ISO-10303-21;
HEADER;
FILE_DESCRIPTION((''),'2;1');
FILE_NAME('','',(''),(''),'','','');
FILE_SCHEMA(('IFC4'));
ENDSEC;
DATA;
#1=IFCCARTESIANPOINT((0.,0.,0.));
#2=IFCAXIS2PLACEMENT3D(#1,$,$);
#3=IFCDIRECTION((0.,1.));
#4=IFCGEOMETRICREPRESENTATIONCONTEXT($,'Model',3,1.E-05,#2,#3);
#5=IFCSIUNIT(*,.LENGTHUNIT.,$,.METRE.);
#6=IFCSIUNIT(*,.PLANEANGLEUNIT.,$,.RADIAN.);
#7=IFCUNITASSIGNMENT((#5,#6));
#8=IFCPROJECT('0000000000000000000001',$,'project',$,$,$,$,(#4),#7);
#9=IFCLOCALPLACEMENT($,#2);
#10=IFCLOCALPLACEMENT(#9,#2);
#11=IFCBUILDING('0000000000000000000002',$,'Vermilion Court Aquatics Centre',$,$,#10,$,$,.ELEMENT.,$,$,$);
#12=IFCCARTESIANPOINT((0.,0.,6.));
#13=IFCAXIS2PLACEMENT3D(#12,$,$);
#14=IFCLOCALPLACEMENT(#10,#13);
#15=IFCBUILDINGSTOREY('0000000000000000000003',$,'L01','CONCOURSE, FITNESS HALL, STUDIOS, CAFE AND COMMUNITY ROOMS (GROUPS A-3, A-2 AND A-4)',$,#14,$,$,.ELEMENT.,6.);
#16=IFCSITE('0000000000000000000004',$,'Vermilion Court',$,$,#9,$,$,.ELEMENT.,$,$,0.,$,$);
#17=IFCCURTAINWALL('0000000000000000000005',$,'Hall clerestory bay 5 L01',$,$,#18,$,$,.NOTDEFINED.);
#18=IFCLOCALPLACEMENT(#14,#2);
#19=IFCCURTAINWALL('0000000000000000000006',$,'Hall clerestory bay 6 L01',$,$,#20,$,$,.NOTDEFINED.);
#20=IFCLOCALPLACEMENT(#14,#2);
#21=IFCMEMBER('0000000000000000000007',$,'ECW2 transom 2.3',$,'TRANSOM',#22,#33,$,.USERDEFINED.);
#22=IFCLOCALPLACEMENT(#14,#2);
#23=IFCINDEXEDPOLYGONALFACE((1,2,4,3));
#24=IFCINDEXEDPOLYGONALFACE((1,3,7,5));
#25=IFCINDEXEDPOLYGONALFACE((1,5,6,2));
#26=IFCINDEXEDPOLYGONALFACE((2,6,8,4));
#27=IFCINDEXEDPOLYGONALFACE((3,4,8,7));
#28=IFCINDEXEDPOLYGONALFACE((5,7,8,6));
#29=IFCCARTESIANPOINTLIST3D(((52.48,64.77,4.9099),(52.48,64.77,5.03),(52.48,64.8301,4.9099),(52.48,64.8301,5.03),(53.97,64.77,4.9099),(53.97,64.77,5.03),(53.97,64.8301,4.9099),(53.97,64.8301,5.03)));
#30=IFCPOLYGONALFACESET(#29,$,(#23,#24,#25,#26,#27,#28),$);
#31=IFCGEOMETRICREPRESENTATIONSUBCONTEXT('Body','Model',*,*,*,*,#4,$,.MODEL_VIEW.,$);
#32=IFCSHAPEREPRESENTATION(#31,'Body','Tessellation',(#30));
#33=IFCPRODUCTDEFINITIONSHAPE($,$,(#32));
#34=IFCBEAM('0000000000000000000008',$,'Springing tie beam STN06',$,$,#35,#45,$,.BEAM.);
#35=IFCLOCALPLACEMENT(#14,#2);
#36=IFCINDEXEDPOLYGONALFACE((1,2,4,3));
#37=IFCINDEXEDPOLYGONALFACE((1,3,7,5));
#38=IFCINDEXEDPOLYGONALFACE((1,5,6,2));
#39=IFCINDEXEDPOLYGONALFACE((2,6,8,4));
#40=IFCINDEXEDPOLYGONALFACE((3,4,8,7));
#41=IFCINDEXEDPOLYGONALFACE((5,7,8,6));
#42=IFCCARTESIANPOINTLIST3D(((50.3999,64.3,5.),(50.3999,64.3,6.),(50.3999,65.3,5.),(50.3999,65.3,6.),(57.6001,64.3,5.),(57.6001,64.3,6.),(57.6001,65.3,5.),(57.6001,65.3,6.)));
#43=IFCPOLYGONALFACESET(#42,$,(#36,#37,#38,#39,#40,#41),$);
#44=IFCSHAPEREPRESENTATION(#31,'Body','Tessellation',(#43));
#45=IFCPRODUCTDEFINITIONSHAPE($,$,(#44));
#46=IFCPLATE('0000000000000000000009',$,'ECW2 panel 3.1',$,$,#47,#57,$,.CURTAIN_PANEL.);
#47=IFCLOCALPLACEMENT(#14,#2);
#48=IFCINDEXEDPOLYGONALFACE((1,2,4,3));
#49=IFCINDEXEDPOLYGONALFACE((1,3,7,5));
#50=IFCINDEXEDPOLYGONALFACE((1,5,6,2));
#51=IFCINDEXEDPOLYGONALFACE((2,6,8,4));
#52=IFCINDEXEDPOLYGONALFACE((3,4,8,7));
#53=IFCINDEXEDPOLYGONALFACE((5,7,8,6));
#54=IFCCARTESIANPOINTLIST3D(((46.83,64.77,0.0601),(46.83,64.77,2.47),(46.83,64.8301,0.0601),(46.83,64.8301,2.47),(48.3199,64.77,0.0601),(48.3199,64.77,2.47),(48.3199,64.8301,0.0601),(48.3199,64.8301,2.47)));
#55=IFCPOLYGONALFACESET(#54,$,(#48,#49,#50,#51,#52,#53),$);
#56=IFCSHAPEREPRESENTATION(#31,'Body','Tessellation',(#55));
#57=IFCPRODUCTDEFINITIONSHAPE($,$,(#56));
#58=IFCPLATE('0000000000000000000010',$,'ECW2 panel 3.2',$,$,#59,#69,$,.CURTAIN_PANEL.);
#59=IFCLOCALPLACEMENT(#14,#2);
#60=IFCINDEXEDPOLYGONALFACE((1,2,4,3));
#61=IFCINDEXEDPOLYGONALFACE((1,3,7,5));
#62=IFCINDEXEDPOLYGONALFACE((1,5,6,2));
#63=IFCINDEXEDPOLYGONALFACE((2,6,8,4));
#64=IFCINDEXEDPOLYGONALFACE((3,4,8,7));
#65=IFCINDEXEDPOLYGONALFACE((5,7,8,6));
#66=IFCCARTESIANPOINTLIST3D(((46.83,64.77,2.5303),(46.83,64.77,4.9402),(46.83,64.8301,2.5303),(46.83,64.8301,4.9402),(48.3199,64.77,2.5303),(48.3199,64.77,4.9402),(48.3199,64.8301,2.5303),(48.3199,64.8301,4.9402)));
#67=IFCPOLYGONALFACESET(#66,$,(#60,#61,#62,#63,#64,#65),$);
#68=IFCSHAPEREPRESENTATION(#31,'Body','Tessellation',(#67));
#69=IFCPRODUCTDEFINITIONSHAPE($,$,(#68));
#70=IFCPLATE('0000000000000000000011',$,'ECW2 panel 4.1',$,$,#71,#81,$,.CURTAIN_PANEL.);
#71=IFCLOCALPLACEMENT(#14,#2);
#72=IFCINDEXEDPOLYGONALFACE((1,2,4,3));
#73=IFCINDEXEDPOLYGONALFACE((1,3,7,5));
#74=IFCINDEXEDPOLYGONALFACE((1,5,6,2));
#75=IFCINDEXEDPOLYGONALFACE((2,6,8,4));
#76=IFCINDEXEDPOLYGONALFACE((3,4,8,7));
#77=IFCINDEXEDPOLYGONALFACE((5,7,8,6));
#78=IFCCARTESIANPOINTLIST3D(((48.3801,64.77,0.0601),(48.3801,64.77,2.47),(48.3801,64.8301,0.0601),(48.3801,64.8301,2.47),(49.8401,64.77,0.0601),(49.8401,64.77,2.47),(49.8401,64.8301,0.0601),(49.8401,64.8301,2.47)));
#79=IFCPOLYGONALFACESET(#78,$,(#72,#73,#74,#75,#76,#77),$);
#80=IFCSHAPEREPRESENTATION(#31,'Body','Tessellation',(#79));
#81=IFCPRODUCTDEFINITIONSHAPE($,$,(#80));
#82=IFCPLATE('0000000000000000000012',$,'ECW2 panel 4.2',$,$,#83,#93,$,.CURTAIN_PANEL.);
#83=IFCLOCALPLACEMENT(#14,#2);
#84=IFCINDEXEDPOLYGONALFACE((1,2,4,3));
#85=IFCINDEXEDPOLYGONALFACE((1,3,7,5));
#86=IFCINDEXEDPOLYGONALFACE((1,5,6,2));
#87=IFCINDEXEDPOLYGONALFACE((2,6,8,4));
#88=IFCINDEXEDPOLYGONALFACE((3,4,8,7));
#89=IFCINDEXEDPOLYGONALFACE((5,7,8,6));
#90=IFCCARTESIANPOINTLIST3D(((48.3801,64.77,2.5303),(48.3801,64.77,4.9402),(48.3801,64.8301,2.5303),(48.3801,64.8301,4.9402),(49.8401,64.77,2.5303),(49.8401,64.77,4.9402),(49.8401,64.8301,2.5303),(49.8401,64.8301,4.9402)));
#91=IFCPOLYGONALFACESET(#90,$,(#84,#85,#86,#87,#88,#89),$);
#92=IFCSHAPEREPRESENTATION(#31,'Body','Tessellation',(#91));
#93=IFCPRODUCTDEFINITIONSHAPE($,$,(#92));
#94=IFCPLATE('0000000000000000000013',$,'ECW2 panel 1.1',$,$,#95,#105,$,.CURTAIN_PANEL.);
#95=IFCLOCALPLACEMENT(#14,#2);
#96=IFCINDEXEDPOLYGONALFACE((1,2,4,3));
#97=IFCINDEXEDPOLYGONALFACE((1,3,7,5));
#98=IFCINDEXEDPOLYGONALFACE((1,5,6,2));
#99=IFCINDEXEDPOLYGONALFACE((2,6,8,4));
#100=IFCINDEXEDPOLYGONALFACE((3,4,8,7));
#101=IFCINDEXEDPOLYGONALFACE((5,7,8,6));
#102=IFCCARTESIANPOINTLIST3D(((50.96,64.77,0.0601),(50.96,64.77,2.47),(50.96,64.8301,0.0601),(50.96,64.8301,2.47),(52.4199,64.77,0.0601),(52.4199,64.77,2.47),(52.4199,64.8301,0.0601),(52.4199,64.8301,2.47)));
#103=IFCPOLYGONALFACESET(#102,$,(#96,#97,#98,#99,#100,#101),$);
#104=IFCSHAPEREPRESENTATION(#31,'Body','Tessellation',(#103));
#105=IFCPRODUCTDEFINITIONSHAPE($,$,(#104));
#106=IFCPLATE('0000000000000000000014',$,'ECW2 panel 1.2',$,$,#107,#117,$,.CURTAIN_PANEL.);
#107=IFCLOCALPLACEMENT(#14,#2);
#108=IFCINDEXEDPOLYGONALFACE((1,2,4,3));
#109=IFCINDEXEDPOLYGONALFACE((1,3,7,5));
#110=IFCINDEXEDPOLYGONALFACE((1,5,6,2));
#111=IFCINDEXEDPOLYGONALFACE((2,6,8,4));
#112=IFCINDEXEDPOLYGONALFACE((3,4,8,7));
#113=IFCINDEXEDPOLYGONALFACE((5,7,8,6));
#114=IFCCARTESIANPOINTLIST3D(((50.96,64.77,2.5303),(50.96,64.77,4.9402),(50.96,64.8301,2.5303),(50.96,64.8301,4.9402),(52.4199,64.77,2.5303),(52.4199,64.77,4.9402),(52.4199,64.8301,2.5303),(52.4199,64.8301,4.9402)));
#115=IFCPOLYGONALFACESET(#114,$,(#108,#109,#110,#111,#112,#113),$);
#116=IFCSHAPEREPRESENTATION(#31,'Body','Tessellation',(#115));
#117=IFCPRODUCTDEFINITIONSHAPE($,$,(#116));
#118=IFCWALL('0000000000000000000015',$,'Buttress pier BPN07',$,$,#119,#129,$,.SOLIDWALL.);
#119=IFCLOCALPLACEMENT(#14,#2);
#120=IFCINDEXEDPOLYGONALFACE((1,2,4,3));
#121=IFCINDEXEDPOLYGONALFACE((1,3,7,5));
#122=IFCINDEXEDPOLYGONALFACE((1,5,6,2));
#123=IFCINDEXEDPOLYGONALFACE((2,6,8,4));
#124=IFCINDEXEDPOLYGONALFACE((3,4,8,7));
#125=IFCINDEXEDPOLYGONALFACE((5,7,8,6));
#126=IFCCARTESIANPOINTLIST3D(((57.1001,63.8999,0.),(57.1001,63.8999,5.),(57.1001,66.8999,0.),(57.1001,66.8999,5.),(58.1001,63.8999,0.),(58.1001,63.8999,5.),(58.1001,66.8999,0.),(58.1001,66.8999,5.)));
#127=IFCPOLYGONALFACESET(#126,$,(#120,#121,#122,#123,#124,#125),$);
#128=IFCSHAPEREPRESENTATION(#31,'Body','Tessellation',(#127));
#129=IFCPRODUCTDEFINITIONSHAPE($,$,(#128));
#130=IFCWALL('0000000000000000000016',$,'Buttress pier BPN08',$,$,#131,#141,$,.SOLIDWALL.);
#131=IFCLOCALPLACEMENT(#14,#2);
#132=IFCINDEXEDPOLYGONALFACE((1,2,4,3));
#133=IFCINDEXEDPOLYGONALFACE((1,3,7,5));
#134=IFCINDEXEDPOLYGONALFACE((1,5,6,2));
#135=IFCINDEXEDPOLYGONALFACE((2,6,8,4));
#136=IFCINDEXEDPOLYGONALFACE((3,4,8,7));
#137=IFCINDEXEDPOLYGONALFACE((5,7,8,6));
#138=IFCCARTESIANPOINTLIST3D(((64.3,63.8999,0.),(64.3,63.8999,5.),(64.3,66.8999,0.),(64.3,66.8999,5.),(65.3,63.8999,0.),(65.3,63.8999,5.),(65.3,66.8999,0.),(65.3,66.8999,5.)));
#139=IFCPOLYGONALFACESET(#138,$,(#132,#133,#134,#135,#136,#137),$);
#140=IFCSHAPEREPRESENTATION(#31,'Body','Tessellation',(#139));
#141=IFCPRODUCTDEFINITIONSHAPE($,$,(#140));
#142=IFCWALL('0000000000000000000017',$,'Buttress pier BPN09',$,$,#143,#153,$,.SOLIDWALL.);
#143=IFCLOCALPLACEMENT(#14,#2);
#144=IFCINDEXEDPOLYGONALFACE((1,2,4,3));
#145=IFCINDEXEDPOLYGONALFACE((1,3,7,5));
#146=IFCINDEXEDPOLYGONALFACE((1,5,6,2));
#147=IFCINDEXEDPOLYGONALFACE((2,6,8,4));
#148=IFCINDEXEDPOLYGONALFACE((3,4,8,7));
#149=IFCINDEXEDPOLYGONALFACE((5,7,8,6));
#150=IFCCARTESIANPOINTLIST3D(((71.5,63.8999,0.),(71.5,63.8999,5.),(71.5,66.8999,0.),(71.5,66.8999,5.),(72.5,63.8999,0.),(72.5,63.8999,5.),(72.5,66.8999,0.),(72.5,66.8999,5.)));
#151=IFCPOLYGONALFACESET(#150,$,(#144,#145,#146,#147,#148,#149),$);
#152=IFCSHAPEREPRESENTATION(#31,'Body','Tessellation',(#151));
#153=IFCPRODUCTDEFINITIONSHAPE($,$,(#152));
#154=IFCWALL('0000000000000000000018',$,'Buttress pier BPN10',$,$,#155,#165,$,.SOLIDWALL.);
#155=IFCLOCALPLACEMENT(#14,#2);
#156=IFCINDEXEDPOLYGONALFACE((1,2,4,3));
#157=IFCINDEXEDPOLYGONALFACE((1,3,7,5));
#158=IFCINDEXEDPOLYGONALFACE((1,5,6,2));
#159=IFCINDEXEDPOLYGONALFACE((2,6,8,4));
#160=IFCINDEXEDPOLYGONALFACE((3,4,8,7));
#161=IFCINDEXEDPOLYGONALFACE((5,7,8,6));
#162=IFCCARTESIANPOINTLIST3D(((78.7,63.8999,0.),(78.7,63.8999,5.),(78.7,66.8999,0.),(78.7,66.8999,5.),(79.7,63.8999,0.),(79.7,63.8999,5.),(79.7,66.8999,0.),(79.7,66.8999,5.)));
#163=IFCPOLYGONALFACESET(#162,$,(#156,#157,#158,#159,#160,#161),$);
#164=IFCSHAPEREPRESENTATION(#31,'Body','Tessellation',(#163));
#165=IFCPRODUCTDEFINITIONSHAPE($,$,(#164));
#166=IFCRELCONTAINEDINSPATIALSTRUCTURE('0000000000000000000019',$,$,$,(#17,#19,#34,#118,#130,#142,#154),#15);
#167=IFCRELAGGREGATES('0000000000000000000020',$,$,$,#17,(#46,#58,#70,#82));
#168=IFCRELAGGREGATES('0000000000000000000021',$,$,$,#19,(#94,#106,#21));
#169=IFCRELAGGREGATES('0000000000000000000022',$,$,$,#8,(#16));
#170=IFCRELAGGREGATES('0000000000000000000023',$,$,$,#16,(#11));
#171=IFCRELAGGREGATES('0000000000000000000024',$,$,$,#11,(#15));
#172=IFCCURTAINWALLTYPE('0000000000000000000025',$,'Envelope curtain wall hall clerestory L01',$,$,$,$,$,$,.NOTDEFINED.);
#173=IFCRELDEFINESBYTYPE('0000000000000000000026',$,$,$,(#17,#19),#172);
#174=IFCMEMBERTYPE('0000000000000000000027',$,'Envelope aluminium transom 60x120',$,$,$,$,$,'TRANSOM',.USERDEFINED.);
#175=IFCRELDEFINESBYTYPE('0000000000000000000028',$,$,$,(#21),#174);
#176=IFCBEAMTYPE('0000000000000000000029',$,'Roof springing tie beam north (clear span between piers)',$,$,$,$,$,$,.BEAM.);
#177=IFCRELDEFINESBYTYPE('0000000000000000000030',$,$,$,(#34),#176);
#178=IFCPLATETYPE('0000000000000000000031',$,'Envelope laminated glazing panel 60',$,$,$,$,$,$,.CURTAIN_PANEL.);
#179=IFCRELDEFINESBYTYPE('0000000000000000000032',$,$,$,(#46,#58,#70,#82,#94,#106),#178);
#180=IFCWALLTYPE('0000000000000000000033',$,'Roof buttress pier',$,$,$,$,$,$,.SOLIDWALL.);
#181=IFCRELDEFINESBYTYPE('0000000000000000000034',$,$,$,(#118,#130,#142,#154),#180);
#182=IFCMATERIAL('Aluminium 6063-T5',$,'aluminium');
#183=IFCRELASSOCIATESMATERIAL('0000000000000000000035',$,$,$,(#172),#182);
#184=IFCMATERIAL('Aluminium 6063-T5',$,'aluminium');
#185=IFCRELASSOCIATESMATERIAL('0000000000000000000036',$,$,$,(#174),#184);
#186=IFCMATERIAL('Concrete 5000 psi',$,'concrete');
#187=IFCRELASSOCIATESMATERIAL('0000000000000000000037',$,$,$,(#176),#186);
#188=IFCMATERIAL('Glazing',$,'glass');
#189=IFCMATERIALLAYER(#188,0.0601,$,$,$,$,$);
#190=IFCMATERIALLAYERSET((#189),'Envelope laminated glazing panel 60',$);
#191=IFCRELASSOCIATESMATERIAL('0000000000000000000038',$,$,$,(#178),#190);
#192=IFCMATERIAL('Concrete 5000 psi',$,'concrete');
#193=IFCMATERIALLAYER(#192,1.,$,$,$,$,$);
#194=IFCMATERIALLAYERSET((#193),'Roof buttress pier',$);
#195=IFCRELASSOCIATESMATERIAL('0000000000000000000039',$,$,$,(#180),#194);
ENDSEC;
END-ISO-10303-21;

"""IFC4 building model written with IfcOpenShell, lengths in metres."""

from ifc_helpers import new_model, si_unit, direction, frame, frame_2d, origin, origin_2d, place, context, subcontext, project, spatial, rectangle, extrude, material, layer, layer_set, material_profile, profile_set, type_object, element, aggregate, save


model = new_model("IFC4")

# Units and contexts
model_context = context("Model", 3, precision=1e-05, world=origin(), true_north=direction((0.0, 1.0)))
body_context = subcontext(model_context, "Body", "Model", "MODEL_VIEW")
ifc_project = project(units=[si_unit("LENGTHUNIT", "METRE"), si_unit("PLANEANGLEUNIT", "RADIAN")], contexts=[model_context])

# Site, building, storey
site_placement = place(None, origin())
site = spatial("IfcSite", under=ifc_project, at=site_placement, Name="Vermilion Court", CompositionType="ELEMENT", RefElevation=0.0)
building_placement = place(site_placement, origin())
building = spatial("IfcBuilding", under=site, at=building_placement, Name="Vermilion Court Aquatics Centre", CompositionType="ELEMENT")
storey_placement = place(building_placement, frame((0.0, 0.0, 6.0)))
storey = spatial("IfcBuildingStorey", under=building, at=storey_placement, Name="L01", Description="CONCOURSE, FITNESS HALL, STUDIOS, CAFE AND COMMUNITY ROOMS (GROUPS A-3, A-2 AND A-4)", CompositionType="ELEMENT", Elevation=6.0)

# Curtain walls
ifc_material_1 = material(Name="Aluminium 6063-T5", Category="aluminium")
curtain_wall_type = type_object("IfcCurtainWallType", Name="Envelope curtain wall hall clerestory L01", PredefinedType="NOTDEFINED", material=ifc_material_1)
curtain_wall_1_placement = place(storey_placement, origin())
curtain_wall_1 = element("IfcCurtainWall", 1, at=curtain_wall_1_placement, inside=storey, type_object=curtain_wall_type, Name="Hall clerestory bay 5 L01", PredefinedType="NOTDEFINED")
curtain_wall_2_placement = place(storey_placement, origin())
curtain_wall_2 = element("IfcCurtainWall", 2, at=curtain_wall_2_placement, inside=storey, type_object=curtain_wall_type, Name="Hall clerestory bay 6 L01", PredefinedType="NOTDEFINED")

# Member
ifc_material_2 = material(Name="Aluminium 6063-T5", Category="aluminium")
ifc_material_profile_1 = material_profile(ifc_material_2, rectangle(XDim=0.0601, YDim=0.1201, at=origin_2d()), Name="AL 60x120")
ifc_profile_set_1 = profile_set([ifc_material_profile_1], Name="Aluminium 6063-T5")
member_type_1 = type_object("IfcMemberType", Name="Envelope aluminium transom 60x120", ElementType="TRANSOM", PredefinedType="USERDEFINED", material=ifc_profile_set_1)
member_1_placement = place(storey_placement, frame((52.48, 64.8, 4.97), z_axis=(1.0, 0.0, 0.0), x_axis=(0.0, 1.0, 0.0)))
member_1 = element("IfcMember", 3, at=member_1_placement, type_object=member_type_1, Name="ECW2 transom 2.3", ObjectType="TRANSOM", PredefinedType="USERDEFINED", context=body_context, shape_type="SweptSolid", body=[
    extrude(rectangle(XDim=0.0601, YDim=0.1201, at=origin_2d()), origin(), (0.0, 0.0, 1.0), 1.49),
])

# Beam
ifc_material_3 = material(Name="Concrete 5000 psi", Category="concrete")
ifc_material_profile_2 = material_profile(ifc_material_3, rectangle(XDim=1.0, YDim=1.0, at=origin_2d()), Name="RC 1000x1000")
ifc_profile_set_2 = profile_set([ifc_material_profile_2], Name="Concrete 5000 psi")
beam_type = type_object("IfcBeamType", Name="Roof springing tie beam north (clear span between piers)", PredefinedType="BEAM", material=ifc_profile_set_2)
beam_placement = place(storey_placement, frame((50.3999, 64.8, 5.5), z_axis=(1.0, 0.0, 0.0), x_axis=(0.0, 1.0, 0.0)))
element("IfcBeam", 4, at=beam_placement, inside=storey, type_object=beam_type, Name="Springing tie beam STN06", PredefinedType="BEAM", context=body_context, shape_type="SweptSolid", body=[
    extrude(rectangle(XDim=1.0, YDim=1.0, at=origin_2d()), origin(), (0.0, 0.0, 1.0), 7.2002),
])

# Plates
ifc_material_4 = material(Name="Glazing", Category="glass")
ifc_layer_1 = layer(ifc_material_4, 0.0601)
ifc_layer_set_1 = layer_set([ifc_layer_1], Name="Envelope laminated glazing panel 60")
plate_type = type_object("IfcPlateType", Name="Envelope laminated glazing panel 60", PredefinedType="CURTAIN_PANEL", material=ifc_layer_set_1)
plate_1_placement = place(storey_placement, frame((47.575, 64.8, 0.0601), z_axis=(0.0, 0.0, 1.0), x_axis=(1.0, 0.0, 0.0)))
plate_1 = element("IfcPlate", 5, at=plate_1_placement, type_object=plate_type, Name="ECW2 panel 3.1", PredefinedType="CURTAIN_PANEL", context=body_context, shape_type="SweptSolid", body=[
    extrude(rectangle(XDim=1.49, YDim=0.0601, at=origin_2d()), origin(), (0.0, 0.0, 1.0), 2.4099),
])
plate_2_placement = place(storey_placement, frame((47.575, 64.8, 2.5303), z_axis=(0.0, 0.0, 1.0), x_axis=(1.0, 0.0, 0.0)))
plate_2 = element("IfcPlate", 6, at=plate_2_placement, type_object=plate_type, Name="ECW2 panel 3.2", PredefinedType="CURTAIN_PANEL", context=body_context, shape_type="SweptSolid", body=[
    extrude(rectangle(XDim=1.49, YDim=0.0601, at=origin_2d()), origin(), (0.0, 0.0, 1.0), 2.4099),
])
plate_3_placement = place(storey_placement, frame((49.1101, 64.8, 0.0601), z_axis=(0.0, 0.0, 1.0), x_axis=(1.0, 0.0, 0.0)))
plate_3 = element("IfcPlate", 7, at=plate_3_placement, type_object=plate_type, Name="ECW2 panel 4.1", PredefinedType="CURTAIN_PANEL", context=body_context, shape_type="SweptSolid", body=[
    extrude(rectangle(XDim=1.46, YDim=0.0601, at=origin_2d()), origin(), (0.0, 0.0, 1.0), 2.4099),
])
plate_4_placement = place(storey_placement, frame((49.1101, 64.8, 2.5303), z_axis=(0.0, 0.0, 1.0), x_axis=(1.0, 0.0, 0.0)))
plate_4 = element("IfcPlate", 8, at=plate_4_placement, type_object=plate_type, Name="ECW2 panel 4.2", PredefinedType="CURTAIN_PANEL", context=body_context, shape_type="SweptSolid", body=[
    extrude(rectangle(XDim=1.46, YDim=0.0601, at=origin_2d()), origin(), (0.0, 0.0, 1.0), 2.4099),
])
aggregate(curtain_wall_1, [plate_1, plate_2, plate_3, plate_4])
plate_5_placement = place(storey_placement, frame((51.6899, 64.8, 0.0601), z_axis=(0.0, 0.0, 1.0), x_axis=(1.0, 0.0, 0.0)))
plate_5 = element("IfcPlate", 9, at=plate_5_placement, type_object=plate_type, Name="ECW2 panel 1.1", PredefinedType="CURTAIN_PANEL", context=body_context, shape_type="SweptSolid", body=[
    extrude(rectangle(XDim=1.46, YDim=0.0601, at=origin_2d()), origin(), (0.0, 0.0, 1.0), 2.4099),
])
plate_6_placement = place(storey_placement, frame((51.6899, 64.8, 2.5303), z_axis=(0.0, 0.0, 1.0), x_axis=(1.0, 0.0, 0.0)))
plate_6 = element("IfcPlate", 10, at=plate_6_placement, type_object=plate_type, Name="ECW2 panel 1.2", PredefinedType="CURTAIN_PANEL", context=body_context, shape_type="SweptSolid", body=[
    extrude(rectangle(XDim=1.46, YDim=0.0601, at=origin_2d()), origin(), (0.0, 0.0, 1.0), 2.4099),
])
aggregate(curtain_wall_2, [plate_5, plate_6, member_1])

# Walls
ifc_material_5 = material(Name="Concrete 5000 psi", Category="concrete")
ifc_layer_2 = layer(ifc_material_5, 1.0)
ifc_layer_set_2 = layer_set([ifc_layer_2], Name="Roof buttress pier")
wall_type = type_object("IfcWallType", Name="Roof buttress pier", PredefinedType="SOLIDWALL", material=ifc_layer_set_2)
for number, where, z_axis, x_axis, name in (
    (11, (57.6001, 63.8999, 0.0), (0.0, 0.0, 1.0), (0.0, 1.0, 0.0), "Buttress pier BPN07"),
    (12, (64.8, 63.8999, 0.0), (0.0, 0.0, 1.0), (0.0, 1.0, 0.0), "Buttress pier BPN08"),
    (13, (72.0, 63.8999, 0.0), (0.0, 0.0, 1.0), (0.0, 1.0, 0.0), "Buttress pier BPN09"),
    (14, (79.2, 63.8999, 0.0), (0.0, 0.0, 1.0), (0.0, 1.0, 0.0), "Buttress pier BPN10"),
):
    element("IfcWall", number, at=place(storey_placement, frame(where, z_axis=z_axis, x_axis=x_axis)), inside=storey, type_object=wall_type, Name=name, PredefinedType="SOLIDWALL", context=body_context, shape_type="SweptSolid", body=[
        extrude(rectangle(XDim=3.0, YDim=1.0, at=frame_2d((1.5, 0.0))), origin(), (0.0, 0.0, 1.0), 5.0),
    ])

save(model, "model.ifc")
